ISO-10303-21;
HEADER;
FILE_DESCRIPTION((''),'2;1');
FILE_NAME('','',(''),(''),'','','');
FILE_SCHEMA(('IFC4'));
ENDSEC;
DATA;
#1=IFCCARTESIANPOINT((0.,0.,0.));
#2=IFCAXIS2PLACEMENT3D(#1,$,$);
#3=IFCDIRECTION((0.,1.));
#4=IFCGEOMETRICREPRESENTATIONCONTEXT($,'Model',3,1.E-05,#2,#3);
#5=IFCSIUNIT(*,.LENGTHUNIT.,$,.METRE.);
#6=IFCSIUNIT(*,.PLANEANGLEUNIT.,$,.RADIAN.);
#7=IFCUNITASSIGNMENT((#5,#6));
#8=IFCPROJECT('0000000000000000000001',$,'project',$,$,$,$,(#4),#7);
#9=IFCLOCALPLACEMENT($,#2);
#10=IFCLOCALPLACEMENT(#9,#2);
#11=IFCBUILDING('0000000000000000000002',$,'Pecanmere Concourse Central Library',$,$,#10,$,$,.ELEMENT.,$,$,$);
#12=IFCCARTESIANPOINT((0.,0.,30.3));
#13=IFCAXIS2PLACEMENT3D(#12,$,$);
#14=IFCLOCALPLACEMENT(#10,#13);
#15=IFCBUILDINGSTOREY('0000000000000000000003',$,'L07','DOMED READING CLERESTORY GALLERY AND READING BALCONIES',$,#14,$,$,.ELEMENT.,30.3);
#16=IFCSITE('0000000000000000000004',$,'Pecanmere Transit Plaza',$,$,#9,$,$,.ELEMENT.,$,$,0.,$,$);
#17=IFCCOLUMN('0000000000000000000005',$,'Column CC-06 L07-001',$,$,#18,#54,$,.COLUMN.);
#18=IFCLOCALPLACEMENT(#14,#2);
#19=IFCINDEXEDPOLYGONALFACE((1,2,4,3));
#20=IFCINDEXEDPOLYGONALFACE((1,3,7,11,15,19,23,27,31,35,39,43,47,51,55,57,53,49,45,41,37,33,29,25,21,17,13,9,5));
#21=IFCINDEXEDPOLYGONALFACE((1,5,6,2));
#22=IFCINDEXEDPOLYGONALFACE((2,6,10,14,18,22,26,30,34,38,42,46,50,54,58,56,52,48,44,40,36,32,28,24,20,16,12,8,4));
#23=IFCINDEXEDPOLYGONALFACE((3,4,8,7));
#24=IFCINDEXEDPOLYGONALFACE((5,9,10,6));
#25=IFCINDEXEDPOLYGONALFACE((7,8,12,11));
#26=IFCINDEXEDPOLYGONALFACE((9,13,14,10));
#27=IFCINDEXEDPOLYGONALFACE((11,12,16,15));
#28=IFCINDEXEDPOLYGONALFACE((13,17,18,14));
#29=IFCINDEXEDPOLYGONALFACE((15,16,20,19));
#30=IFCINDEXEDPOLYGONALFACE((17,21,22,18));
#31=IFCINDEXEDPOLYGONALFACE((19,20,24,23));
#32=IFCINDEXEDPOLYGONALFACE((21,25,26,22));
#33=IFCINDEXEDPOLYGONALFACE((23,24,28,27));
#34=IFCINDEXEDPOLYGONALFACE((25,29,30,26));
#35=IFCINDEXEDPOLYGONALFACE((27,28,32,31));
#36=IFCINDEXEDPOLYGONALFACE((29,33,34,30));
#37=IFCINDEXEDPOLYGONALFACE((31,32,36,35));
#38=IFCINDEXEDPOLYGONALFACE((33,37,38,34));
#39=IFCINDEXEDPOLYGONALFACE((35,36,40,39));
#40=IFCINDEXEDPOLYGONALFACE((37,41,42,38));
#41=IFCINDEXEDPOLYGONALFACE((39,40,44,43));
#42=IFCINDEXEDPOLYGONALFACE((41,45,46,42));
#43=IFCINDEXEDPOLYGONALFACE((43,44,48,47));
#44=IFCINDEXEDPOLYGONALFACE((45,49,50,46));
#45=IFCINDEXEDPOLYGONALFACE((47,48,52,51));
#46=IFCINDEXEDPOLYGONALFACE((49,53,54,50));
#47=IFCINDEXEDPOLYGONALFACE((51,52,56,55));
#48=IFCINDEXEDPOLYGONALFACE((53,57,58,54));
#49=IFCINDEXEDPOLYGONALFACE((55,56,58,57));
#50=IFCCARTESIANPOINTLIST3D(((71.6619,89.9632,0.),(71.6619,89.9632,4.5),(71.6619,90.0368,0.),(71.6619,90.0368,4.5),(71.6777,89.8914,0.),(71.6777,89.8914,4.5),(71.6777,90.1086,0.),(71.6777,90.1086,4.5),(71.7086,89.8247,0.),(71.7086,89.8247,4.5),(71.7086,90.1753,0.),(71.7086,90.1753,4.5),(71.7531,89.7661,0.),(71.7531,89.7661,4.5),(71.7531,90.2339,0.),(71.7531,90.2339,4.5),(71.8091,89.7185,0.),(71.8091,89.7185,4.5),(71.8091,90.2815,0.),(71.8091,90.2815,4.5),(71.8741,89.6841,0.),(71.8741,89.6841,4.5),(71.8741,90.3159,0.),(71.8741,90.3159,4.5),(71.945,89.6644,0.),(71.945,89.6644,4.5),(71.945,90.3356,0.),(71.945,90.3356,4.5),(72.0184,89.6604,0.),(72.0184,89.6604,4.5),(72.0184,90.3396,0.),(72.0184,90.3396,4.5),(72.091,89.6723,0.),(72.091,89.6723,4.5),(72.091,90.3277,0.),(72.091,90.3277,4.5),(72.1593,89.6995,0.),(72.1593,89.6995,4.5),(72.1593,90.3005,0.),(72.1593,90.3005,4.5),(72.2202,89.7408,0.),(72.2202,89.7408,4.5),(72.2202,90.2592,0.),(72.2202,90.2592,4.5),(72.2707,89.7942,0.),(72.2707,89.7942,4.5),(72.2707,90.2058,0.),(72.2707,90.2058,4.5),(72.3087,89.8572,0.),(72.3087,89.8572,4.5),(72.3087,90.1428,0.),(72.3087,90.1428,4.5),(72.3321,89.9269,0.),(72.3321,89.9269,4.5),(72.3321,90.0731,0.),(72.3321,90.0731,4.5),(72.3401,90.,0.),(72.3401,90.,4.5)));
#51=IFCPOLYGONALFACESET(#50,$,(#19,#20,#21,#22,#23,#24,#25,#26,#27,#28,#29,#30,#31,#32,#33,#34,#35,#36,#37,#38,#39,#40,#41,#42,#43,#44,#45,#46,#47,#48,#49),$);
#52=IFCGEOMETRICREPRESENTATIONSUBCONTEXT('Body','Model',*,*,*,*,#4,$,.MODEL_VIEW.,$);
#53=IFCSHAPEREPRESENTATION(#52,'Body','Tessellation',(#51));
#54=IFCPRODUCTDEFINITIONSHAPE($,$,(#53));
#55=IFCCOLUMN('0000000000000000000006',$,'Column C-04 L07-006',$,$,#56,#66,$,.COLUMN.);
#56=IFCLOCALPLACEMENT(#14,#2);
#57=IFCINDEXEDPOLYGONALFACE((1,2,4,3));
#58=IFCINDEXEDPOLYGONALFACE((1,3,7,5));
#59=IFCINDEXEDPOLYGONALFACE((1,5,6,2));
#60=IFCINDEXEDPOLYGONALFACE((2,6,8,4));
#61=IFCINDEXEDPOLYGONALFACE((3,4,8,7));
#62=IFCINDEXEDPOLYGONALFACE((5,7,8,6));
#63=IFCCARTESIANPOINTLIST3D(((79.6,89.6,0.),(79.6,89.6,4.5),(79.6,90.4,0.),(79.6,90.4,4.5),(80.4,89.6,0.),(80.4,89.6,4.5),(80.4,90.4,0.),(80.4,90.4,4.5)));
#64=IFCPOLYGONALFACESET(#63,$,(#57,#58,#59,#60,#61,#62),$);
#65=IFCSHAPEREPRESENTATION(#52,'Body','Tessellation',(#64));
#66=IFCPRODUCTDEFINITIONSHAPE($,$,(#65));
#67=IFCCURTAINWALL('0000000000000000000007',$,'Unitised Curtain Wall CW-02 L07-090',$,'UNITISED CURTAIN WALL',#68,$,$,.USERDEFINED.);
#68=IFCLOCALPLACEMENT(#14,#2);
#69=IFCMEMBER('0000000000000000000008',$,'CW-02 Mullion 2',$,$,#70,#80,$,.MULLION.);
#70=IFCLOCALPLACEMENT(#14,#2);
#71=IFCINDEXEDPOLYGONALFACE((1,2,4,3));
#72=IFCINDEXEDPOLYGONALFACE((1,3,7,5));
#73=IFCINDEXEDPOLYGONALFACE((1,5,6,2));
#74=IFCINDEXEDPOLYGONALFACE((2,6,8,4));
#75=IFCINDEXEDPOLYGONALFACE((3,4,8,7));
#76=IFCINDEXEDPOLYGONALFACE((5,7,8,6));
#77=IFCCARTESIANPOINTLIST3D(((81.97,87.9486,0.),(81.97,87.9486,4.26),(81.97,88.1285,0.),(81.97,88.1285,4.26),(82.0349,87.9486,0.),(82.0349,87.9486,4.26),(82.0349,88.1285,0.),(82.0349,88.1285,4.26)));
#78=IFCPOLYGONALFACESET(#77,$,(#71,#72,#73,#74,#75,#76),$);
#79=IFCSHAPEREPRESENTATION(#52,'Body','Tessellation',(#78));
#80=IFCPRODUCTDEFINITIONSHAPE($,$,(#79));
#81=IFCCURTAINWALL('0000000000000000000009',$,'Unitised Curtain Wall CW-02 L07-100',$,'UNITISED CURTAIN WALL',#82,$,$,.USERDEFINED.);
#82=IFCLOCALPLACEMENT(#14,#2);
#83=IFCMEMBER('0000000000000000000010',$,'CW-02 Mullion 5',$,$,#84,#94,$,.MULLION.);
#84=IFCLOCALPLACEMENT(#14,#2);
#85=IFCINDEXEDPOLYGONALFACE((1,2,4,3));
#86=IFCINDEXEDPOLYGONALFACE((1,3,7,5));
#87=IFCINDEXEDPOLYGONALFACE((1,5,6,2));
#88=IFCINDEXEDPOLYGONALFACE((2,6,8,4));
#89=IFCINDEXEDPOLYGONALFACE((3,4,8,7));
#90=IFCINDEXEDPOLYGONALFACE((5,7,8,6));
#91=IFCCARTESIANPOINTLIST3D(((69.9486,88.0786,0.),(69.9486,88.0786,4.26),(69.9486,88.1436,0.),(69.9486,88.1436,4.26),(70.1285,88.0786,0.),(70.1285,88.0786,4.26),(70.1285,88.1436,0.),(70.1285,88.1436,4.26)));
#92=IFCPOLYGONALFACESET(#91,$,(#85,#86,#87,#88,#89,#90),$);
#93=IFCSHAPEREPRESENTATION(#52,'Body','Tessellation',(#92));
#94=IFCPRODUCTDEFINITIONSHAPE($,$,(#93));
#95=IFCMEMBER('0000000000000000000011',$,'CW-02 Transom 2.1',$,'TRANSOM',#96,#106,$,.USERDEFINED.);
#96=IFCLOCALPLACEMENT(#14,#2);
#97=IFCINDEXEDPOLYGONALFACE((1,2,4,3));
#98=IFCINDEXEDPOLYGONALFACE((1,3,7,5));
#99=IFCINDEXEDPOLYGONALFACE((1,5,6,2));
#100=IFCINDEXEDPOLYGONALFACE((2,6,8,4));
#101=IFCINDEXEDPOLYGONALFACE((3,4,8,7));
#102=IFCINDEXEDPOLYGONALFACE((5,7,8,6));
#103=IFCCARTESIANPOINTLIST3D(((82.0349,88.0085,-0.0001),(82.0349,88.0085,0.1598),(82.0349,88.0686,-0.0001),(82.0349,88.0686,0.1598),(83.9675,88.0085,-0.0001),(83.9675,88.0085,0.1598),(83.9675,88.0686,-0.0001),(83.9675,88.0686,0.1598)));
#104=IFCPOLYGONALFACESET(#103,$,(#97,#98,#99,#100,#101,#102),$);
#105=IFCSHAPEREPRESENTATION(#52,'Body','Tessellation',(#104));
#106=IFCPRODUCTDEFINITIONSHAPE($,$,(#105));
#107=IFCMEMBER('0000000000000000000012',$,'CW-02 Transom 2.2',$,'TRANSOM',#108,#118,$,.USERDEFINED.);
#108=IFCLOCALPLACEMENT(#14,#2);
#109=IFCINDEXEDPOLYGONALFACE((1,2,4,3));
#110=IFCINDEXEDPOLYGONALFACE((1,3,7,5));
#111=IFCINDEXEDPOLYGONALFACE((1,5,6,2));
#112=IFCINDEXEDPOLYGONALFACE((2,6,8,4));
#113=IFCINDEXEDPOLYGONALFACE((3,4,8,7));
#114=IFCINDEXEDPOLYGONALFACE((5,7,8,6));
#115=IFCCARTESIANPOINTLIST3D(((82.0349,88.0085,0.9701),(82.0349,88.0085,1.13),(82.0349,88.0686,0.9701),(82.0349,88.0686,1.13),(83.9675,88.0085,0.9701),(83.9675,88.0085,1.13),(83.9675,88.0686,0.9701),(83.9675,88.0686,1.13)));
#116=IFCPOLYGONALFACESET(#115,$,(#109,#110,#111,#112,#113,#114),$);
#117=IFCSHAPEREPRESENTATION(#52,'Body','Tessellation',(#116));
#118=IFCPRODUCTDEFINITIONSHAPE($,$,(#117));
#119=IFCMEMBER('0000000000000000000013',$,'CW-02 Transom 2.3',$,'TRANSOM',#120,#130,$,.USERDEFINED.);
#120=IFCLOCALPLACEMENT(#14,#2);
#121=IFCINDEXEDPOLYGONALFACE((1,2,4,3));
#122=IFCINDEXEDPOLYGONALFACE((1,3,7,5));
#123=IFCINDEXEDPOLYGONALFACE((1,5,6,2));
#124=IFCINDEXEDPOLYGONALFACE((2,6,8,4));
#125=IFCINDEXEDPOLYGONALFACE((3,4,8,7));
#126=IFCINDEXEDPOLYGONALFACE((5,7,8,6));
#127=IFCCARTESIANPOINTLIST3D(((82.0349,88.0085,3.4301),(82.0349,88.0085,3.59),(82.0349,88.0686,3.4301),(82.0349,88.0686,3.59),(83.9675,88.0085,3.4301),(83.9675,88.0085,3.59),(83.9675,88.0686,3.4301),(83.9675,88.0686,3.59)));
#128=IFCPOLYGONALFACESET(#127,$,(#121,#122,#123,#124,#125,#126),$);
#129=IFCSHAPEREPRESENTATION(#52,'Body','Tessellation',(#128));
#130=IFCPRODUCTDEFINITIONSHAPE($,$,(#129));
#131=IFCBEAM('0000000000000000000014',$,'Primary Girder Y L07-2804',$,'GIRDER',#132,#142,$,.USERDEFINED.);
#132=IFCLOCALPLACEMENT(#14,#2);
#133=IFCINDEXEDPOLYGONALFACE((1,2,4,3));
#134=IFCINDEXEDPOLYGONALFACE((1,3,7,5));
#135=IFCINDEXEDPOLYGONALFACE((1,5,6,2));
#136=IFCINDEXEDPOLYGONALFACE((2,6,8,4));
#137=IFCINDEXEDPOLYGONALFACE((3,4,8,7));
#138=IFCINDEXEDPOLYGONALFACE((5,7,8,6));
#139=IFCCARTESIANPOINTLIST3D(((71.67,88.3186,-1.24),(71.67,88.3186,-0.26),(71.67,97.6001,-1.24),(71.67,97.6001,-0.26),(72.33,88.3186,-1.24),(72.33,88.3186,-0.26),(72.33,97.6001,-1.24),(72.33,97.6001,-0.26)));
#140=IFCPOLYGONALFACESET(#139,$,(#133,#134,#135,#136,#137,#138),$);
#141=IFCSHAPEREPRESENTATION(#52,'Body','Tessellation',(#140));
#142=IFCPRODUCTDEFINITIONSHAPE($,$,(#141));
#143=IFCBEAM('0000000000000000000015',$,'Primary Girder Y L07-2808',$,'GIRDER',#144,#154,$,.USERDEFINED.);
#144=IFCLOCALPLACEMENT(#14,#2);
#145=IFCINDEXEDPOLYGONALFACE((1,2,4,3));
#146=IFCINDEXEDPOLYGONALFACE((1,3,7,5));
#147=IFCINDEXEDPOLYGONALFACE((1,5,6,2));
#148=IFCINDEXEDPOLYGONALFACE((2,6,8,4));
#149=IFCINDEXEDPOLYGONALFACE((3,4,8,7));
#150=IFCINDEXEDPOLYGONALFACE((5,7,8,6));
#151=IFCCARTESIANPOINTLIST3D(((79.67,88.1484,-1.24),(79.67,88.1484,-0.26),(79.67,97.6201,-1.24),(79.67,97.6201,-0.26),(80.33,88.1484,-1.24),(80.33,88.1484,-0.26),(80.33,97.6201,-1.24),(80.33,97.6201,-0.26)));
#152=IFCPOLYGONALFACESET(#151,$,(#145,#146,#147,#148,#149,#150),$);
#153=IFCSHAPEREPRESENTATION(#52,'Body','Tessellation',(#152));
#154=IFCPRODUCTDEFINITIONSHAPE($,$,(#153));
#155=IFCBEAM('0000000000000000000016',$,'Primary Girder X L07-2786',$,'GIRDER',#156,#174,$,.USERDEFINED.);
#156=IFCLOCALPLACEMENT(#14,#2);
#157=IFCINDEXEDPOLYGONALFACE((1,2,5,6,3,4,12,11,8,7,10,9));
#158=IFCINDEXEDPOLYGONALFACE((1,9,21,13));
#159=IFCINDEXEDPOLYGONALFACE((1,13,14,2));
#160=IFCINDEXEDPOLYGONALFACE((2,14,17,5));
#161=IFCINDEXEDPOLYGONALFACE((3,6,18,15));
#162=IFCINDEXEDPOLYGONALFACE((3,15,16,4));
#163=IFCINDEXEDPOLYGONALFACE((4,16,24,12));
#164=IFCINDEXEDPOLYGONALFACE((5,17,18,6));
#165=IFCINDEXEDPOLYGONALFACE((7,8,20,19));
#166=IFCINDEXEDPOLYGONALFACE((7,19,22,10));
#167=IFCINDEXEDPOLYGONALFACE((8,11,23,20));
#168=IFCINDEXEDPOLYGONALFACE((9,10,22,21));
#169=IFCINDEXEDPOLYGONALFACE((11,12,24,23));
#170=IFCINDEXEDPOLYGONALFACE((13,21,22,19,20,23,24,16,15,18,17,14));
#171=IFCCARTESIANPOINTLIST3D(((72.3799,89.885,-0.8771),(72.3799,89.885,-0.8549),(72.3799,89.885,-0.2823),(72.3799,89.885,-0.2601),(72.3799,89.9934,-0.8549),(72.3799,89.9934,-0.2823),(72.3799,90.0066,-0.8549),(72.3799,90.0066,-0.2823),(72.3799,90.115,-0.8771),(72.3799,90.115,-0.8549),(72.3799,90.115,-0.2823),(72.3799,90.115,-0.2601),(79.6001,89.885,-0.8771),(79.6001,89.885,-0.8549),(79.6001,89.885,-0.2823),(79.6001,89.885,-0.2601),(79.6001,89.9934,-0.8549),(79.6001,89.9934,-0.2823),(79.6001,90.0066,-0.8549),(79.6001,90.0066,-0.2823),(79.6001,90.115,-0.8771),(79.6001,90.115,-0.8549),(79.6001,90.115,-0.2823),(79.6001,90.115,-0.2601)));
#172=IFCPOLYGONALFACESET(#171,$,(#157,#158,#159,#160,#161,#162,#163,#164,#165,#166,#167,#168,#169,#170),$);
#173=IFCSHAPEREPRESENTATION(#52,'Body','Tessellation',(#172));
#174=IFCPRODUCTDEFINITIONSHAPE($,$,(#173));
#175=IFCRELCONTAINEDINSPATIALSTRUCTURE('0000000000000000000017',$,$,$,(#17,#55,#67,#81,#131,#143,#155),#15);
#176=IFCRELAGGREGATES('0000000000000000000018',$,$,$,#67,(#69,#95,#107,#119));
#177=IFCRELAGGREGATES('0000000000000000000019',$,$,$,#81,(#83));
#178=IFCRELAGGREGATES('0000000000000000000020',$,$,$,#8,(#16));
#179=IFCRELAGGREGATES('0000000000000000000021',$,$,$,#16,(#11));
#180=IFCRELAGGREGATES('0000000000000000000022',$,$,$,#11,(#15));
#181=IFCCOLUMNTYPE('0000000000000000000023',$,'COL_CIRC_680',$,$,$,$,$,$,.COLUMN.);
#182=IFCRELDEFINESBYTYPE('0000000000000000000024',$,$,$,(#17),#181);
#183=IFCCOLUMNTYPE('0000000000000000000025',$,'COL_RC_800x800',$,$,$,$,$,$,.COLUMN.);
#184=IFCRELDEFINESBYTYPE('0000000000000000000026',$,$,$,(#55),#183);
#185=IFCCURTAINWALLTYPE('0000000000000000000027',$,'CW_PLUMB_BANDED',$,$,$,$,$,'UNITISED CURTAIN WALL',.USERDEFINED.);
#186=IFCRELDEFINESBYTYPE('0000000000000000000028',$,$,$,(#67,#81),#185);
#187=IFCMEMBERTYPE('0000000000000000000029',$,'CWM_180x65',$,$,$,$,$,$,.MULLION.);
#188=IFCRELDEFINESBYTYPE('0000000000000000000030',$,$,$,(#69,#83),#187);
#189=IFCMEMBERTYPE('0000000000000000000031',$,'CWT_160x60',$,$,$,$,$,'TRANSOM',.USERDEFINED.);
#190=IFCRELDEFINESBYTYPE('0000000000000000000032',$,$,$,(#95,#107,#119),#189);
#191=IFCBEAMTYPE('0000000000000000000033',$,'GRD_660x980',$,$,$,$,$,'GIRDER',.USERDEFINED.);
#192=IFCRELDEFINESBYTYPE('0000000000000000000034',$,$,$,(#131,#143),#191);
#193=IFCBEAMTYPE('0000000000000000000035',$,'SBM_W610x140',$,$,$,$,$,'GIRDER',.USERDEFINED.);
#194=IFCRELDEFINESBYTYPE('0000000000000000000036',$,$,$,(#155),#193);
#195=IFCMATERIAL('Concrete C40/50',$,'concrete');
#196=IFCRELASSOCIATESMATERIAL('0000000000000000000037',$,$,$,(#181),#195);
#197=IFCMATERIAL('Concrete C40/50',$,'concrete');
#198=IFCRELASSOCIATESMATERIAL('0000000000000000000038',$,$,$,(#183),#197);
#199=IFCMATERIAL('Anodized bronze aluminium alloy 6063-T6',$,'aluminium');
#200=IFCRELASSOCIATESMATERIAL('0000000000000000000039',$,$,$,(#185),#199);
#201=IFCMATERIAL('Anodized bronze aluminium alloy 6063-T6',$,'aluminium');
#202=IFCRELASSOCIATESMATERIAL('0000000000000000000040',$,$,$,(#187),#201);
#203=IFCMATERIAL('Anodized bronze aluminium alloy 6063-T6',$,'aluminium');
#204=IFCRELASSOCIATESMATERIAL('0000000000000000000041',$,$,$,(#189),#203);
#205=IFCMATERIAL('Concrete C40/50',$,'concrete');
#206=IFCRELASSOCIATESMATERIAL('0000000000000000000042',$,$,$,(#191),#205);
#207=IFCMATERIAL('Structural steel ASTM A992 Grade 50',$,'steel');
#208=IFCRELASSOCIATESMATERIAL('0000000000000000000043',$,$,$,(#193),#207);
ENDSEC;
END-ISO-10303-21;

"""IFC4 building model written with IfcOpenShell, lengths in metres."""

from ifc_helpers import new_model, si_unit, direction, frame, origin, origin_2d, place, context, subcontext, project, spatial, rectangle, circle, i_section, extrude, material, material_profile, profile_set, type_object, element, aggregate, save


model = new_model("IFC4")

# Units and contexts
model_context = context("Model", 3, precision=1e-05, world=origin(), true_north=direction((0.0, 1.0)))
body_context = subcontext(model_context, "Body", "Model", "MODEL_VIEW")
ifc_project = project(units=[si_unit("LENGTHUNIT", "METRE"), si_unit("PLANEANGLEUNIT", "RADIAN")], contexts=[model_context])

# Site, building, storey
site_placement = place(None, origin())
site = spatial("IfcSite", under=ifc_project, at=site_placement, Name="Pecanmere Transit Plaza", CompositionType="ELEMENT", RefElevation=0.0)
building_placement = place(site_placement, origin())
building = spatial("IfcBuilding", under=site, at=building_placement, Name="Pecanmere Concourse Central Library", CompositionType="ELEMENT")
storey_placement = place(building_placement, frame((0.0, 0.0, 30.3)))
storey = spatial("IfcBuildingStorey", under=building, at=storey_placement, Name="L07", Description="DOMED READING CLERESTORY GALLERY AND READING BALCONIES", CompositionType="ELEMENT", Elevation=30.3)

# Columns
ifc_material_1 = material(Name="Concrete C40/50", Category="concrete")
ifc_material_profile_1 = material_profile(ifc_material_1, circle(Radius=0.3401, at=origin_2d()), Name="RC D680")
ifc_profile_set_1 = profile_set([ifc_material_profile_1], Name="Concrete C40/50")
column_type_1 = type_object("IfcColumnType", Name="COL_CIRC_680", PredefinedType="COLUMN", material=ifc_profile_set_1)
column_1_placement = place(storey_placement, frame((72.0, 90.0, 0.0), z_axis=(0.0, 0.0, 1.0), x_axis=(1.0, 0.0, 0.0)))
element("IfcColumn", 1, at=column_1_placement, inside=storey, type_object=column_type_1, Name="Column CC-06 L07-001", PredefinedType="COLUMN", context=body_context, shape_type="SweptSolid", body=[
    extrude(circle(Radius=0.3401, at=origin_2d()), origin(), (0.0, 0.0, 1.0), 4.5),
])
ifc_material_2 = material(Name="Concrete C40/50", Category="concrete")
ifc_material_profile_2 = material_profile(ifc_material_2, rectangle(XDim=0.8, YDim=0.8, at=origin_2d()), Name="RC 800x800")
ifc_profile_set_2 = profile_set([ifc_material_profile_2], Name="Concrete C40/50")
column_type_2 = type_object("IfcColumnType", Name="COL_RC_800x800", PredefinedType="COLUMN", material=ifc_profile_set_2)
column_2_placement = place(storey_placement, frame((80.0, 90.0, 0.0), z_axis=(0.0, 0.0, 1.0), x_axis=(1.0, 0.0, 0.0)))
element("IfcColumn", 2, at=column_2_placement, inside=storey, type_object=column_type_2, Name="Column C-04 L07-006", PredefinedType="COLUMN", context=body_context, shape_type="SweptSolid", body=[
    extrude(rectangle(XDim=0.8, YDim=0.8, at=origin_2d()), origin(), (0.0, 0.0, 1.0), 4.5),
])

# Curtain walls, members
ifc_material_3 = material(Name="Anodized bronze aluminium alloy 6063-T6", Category="aluminium")
curtain_wall_type = type_object("IfcCurtainWallType", Name="CW_PLUMB_BANDED", ElementType="UNITISED CURTAIN WALL", PredefinedType="USERDEFINED", material=ifc_material_3)
curtain_wall_1_placement = place(storey_placement, origin())
curtain_wall_1 = element("IfcCurtainWall", 3, at=curtain_wall_1_placement, inside=storey, type_object=curtain_wall_type, Name="Unitised Curtain Wall CW-02 L07-090", ObjectType="UNITISED CURTAIN WALL", PredefinedType="USERDEFINED")
ifc_material_4 = material(Name="Anodized bronze aluminium alloy 6063-T6", Category="aluminium")
ifc_material_profile_3 = material_profile(ifc_material_4, rectangle(XDim=0.0649, YDim=0.1799, at=origin_2d()), Name="AL 65x180")
ifc_profile_set_3 = profile_set([ifc_material_profile_3], Name="Anodized bronze aluminium alloy 6063-T6")
member_type_1 = type_object("IfcMemberType", Name="CWM_180x65", PredefinedType="MULLION", material=ifc_profile_set_3)
member_1_placement = place(storey_placement, frame((82.0024, 88.0386, 0.0), z_axis=(0.0, 0.0, 1.0), x_axis=(1.0, 0.0, 0.0)))
member_1 = element("IfcMember", 4, at=member_1_placement, type_object=member_type_1, Name="CW-02 Mullion 2", PredefinedType="MULLION", context=body_context, shape_type="SweptSolid", body=[
    extrude(rectangle(XDim=0.0649, YDim=0.1799, at=origin_2d()), origin(), (0.0, 0.0, 1.0), 4.26),
])
curtain_wall_2_placement = place(storey_placement, origin())
curtain_wall_2 = element("IfcCurtainWall", 5, at=curtain_wall_2_placement, inside=storey, type_object=curtain_wall_type, Name="Unitised Curtain Wall CW-02 L07-100", ObjectType="UNITISED CURTAIN WALL", PredefinedType="USERDEFINED")
member_2_placement = place(storey_placement, frame((70.0386, 88.1111, 0.0), z_axis=(0.0, 0.0, 1.0), x_axis=(0.0, -1.0, 0.0)))
member_2 = element("IfcMember", 6, at=member_2_placement, type_object=member_type_1, Name="CW-02 Mullion 5", PredefinedType="MULLION", context=body_context, shape_type="SweptSolid", body=[
    extrude(rectangle(XDim=0.0649, YDim=0.1799, at=origin_2d()), origin(), (0.0, 0.0, 1.0), 4.26),
])

# Members
ifc_material_5 = material(Name="Anodized bronze aluminium alloy 6063-T6", Category="aluminium")
ifc_material_profile_4 = material_profile(ifc_material_5, rectangle(XDim=0.0601, YDim=0.1599, at=origin_2d()), Name="AL 60x160")
ifc_profile_set_4 = profile_set([ifc_material_profile_4], Name="Anodized bronze aluminium alloy 6063-T6")
member_type_2 = type_object("IfcMemberType", Name="CWT_160x60", ElementType="TRANSOM", PredefinedType="USERDEFINED", material=ifc_profile_set_4)
member_3_placement = place(storey_placement, frame((82.0349, 88.0386, 0.0798), z_axis=(1.0, 0.0, 0.0), x_axis=(0.0, 1.0, 0.0)))
member_3 = element("IfcMember", 7, at=member_3_placement, type_object=member_type_2, Name="CW-02 Transom 2.1", ObjectType="TRANSOM", PredefinedType="USERDEFINED", context=body_context, shape_type="SweptSolid", body=[
    extrude(rectangle(XDim=0.0601, YDim=0.1599, at=origin_2d()), origin(), (0.0, 0.0, 1.0), 1.9326),
])
member_4_placement = place(storey_placement, frame((82.0349, 88.0386, 1.05), z_axis=(1.0, 0.0, 0.0), x_axis=(0.0, 1.0, 0.0)))
member_4 = element("IfcMember", 8, at=member_4_placement, type_object=member_type_2, Name="CW-02 Transom 2.2", ObjectType="TRANSOM", PredefinedType="USERDEFINED", context=body_context, shape_type="SweptSolid", body=[
    extrude(rectangle(XDim=0.0601, YDim=0.1599, at=origin_2d()), origin(), (0.0, 0.0, 1.0), 1.9326),
])
member_5_placement = place(storey_placement, frame((82.0349, 88.0386, 3.51), z_axis=(1.0, 0.0, 0.0), x_axis=(0.0, 1.0, 0.0)))
member_5 = element("IfcMember", 9, at=member_5_placement, type_object=member_type_2, Name="CW-02 Transom 2.3", ObjectType="TRANSOM", PredefinedType="USERDEFINED", context=body_context, shape_type="SweptSolid", body=[
    extrude(rectangle(XDim=0.0601, YDim=0.1599, at=origin_2d()), origin(), (0.0, 0.0, 1.0), 1.9326),
])

# Beams
ifc_material_6 = material(Name="Concrete C40/50", Category="concrete")
ifc_material_profile_5 = material_profile(ifc_material_6, rectangle(XDim=0.6599, YDim=0.98, at=origin_2d()), Name="RC 660x980")
ifc_profile_set_5 = profile_set([ifc_material_profile_5], Name="Concrete C40/50")
beam_type_1 = type_object("IfcBeamType", Name="GRD_660x980", ElementType="GIRDER", PredefinedType="USERDEFINED", material=ifc_profile_set_5)
beam_1_placement = place(storey_placement, frame((72.0, 88.3186, -0.75), z_axis=(0.0, 1.0, 0.0), x_axis=(-1.0, 0.0, 0.0)))
element("IfcBeam", 10, at=beam_1_placement, inside=storey, type_object=beam_type_1, Name="Primary Girder Y L07-2804", ObjectType="GIRDER", PredefinedType="USERDEFINED", context=body_context, shape_type="SweptSolid", body=[
    extrude(rectangle(XDim=0.6599, YDim=0.98, at=origin_2d()), origin(), (0.0, 0.0, 1.0), 9.2815),
])
beam_2_placement = place(storey_placement, frame((80.0, 88.1484, -0.75), z_axis=(0.0, 1.0, 0.0), x_axis=(-1.0, 0.0, 0.0)))
element("IfcBeam", 11, at=beam_2_placement, inside=storey, type_object=beam_type_1, Name="Primary Girder Y L07-2808", ObjectType="GIRDER", PredefinedType="USERDEFINED", context=body_context, shape_type="SweptSolid", body=[
    extrude(rectangle(XDim=0.6599, YDim=0.98, at=origin_2d()), origin(), (0.0, 0.0, 1.0), 9.4717),
])
ifc_material_7 = material(Name="Structural steel ASTM A992 Grade 50", Category="steel")
ifc_material_profile_6 = material_profile(ifc_material_7, i_section(OverallWidth=0.23, OverallDepth=0.6169, WebThickness=0.0132, FlangeThickness=0.0222, at=origin_2d()), Name="W610x140")
ifc_profile_set_6 = profile_set([ifc_material_profile_6], Name="Structural steel ASTM A992 Grade 50")
beam_type_2 = type_object("IfcBeamType", Name="SBM_W610x140", ElementType="GIRDER", PredefinedType="USERDEFINED", material=ifc_profile_set_6)
for number, where, z_axis, x_axis, name in (
    (12, (72.3799, 90.0, -0.5686), (1.0, 0.0, 0.0), (0.0, 1.0, 0.0), "Primary Girder X L07-2786"),
):
    element("IfcBeam", number, at=place(storey_placement, frame(where, z_axis=z_axis, x_axis=x_axis)), inside=storey, type_object=beam_type_2, Name=name, ObjectType="GIRDER", PredefinedType="USERDEFINED", context=body_context, shape_type="SweptSolid", body=[
        extrude(i_section(OverallWidth=0.23, OverallDepth=0.6169, WebThickness=0.0132, FlangeThickness=0.0222, at=origin_2d()), origin(), (0.0, 0.0, 1.0), 7.2202),
    ])

aggregate(curtain_wall_1, [member_1, member_3, member_4, member_5])
aggregate(curtain_wall_2, [member_2])

save(model, "model.ifc")
